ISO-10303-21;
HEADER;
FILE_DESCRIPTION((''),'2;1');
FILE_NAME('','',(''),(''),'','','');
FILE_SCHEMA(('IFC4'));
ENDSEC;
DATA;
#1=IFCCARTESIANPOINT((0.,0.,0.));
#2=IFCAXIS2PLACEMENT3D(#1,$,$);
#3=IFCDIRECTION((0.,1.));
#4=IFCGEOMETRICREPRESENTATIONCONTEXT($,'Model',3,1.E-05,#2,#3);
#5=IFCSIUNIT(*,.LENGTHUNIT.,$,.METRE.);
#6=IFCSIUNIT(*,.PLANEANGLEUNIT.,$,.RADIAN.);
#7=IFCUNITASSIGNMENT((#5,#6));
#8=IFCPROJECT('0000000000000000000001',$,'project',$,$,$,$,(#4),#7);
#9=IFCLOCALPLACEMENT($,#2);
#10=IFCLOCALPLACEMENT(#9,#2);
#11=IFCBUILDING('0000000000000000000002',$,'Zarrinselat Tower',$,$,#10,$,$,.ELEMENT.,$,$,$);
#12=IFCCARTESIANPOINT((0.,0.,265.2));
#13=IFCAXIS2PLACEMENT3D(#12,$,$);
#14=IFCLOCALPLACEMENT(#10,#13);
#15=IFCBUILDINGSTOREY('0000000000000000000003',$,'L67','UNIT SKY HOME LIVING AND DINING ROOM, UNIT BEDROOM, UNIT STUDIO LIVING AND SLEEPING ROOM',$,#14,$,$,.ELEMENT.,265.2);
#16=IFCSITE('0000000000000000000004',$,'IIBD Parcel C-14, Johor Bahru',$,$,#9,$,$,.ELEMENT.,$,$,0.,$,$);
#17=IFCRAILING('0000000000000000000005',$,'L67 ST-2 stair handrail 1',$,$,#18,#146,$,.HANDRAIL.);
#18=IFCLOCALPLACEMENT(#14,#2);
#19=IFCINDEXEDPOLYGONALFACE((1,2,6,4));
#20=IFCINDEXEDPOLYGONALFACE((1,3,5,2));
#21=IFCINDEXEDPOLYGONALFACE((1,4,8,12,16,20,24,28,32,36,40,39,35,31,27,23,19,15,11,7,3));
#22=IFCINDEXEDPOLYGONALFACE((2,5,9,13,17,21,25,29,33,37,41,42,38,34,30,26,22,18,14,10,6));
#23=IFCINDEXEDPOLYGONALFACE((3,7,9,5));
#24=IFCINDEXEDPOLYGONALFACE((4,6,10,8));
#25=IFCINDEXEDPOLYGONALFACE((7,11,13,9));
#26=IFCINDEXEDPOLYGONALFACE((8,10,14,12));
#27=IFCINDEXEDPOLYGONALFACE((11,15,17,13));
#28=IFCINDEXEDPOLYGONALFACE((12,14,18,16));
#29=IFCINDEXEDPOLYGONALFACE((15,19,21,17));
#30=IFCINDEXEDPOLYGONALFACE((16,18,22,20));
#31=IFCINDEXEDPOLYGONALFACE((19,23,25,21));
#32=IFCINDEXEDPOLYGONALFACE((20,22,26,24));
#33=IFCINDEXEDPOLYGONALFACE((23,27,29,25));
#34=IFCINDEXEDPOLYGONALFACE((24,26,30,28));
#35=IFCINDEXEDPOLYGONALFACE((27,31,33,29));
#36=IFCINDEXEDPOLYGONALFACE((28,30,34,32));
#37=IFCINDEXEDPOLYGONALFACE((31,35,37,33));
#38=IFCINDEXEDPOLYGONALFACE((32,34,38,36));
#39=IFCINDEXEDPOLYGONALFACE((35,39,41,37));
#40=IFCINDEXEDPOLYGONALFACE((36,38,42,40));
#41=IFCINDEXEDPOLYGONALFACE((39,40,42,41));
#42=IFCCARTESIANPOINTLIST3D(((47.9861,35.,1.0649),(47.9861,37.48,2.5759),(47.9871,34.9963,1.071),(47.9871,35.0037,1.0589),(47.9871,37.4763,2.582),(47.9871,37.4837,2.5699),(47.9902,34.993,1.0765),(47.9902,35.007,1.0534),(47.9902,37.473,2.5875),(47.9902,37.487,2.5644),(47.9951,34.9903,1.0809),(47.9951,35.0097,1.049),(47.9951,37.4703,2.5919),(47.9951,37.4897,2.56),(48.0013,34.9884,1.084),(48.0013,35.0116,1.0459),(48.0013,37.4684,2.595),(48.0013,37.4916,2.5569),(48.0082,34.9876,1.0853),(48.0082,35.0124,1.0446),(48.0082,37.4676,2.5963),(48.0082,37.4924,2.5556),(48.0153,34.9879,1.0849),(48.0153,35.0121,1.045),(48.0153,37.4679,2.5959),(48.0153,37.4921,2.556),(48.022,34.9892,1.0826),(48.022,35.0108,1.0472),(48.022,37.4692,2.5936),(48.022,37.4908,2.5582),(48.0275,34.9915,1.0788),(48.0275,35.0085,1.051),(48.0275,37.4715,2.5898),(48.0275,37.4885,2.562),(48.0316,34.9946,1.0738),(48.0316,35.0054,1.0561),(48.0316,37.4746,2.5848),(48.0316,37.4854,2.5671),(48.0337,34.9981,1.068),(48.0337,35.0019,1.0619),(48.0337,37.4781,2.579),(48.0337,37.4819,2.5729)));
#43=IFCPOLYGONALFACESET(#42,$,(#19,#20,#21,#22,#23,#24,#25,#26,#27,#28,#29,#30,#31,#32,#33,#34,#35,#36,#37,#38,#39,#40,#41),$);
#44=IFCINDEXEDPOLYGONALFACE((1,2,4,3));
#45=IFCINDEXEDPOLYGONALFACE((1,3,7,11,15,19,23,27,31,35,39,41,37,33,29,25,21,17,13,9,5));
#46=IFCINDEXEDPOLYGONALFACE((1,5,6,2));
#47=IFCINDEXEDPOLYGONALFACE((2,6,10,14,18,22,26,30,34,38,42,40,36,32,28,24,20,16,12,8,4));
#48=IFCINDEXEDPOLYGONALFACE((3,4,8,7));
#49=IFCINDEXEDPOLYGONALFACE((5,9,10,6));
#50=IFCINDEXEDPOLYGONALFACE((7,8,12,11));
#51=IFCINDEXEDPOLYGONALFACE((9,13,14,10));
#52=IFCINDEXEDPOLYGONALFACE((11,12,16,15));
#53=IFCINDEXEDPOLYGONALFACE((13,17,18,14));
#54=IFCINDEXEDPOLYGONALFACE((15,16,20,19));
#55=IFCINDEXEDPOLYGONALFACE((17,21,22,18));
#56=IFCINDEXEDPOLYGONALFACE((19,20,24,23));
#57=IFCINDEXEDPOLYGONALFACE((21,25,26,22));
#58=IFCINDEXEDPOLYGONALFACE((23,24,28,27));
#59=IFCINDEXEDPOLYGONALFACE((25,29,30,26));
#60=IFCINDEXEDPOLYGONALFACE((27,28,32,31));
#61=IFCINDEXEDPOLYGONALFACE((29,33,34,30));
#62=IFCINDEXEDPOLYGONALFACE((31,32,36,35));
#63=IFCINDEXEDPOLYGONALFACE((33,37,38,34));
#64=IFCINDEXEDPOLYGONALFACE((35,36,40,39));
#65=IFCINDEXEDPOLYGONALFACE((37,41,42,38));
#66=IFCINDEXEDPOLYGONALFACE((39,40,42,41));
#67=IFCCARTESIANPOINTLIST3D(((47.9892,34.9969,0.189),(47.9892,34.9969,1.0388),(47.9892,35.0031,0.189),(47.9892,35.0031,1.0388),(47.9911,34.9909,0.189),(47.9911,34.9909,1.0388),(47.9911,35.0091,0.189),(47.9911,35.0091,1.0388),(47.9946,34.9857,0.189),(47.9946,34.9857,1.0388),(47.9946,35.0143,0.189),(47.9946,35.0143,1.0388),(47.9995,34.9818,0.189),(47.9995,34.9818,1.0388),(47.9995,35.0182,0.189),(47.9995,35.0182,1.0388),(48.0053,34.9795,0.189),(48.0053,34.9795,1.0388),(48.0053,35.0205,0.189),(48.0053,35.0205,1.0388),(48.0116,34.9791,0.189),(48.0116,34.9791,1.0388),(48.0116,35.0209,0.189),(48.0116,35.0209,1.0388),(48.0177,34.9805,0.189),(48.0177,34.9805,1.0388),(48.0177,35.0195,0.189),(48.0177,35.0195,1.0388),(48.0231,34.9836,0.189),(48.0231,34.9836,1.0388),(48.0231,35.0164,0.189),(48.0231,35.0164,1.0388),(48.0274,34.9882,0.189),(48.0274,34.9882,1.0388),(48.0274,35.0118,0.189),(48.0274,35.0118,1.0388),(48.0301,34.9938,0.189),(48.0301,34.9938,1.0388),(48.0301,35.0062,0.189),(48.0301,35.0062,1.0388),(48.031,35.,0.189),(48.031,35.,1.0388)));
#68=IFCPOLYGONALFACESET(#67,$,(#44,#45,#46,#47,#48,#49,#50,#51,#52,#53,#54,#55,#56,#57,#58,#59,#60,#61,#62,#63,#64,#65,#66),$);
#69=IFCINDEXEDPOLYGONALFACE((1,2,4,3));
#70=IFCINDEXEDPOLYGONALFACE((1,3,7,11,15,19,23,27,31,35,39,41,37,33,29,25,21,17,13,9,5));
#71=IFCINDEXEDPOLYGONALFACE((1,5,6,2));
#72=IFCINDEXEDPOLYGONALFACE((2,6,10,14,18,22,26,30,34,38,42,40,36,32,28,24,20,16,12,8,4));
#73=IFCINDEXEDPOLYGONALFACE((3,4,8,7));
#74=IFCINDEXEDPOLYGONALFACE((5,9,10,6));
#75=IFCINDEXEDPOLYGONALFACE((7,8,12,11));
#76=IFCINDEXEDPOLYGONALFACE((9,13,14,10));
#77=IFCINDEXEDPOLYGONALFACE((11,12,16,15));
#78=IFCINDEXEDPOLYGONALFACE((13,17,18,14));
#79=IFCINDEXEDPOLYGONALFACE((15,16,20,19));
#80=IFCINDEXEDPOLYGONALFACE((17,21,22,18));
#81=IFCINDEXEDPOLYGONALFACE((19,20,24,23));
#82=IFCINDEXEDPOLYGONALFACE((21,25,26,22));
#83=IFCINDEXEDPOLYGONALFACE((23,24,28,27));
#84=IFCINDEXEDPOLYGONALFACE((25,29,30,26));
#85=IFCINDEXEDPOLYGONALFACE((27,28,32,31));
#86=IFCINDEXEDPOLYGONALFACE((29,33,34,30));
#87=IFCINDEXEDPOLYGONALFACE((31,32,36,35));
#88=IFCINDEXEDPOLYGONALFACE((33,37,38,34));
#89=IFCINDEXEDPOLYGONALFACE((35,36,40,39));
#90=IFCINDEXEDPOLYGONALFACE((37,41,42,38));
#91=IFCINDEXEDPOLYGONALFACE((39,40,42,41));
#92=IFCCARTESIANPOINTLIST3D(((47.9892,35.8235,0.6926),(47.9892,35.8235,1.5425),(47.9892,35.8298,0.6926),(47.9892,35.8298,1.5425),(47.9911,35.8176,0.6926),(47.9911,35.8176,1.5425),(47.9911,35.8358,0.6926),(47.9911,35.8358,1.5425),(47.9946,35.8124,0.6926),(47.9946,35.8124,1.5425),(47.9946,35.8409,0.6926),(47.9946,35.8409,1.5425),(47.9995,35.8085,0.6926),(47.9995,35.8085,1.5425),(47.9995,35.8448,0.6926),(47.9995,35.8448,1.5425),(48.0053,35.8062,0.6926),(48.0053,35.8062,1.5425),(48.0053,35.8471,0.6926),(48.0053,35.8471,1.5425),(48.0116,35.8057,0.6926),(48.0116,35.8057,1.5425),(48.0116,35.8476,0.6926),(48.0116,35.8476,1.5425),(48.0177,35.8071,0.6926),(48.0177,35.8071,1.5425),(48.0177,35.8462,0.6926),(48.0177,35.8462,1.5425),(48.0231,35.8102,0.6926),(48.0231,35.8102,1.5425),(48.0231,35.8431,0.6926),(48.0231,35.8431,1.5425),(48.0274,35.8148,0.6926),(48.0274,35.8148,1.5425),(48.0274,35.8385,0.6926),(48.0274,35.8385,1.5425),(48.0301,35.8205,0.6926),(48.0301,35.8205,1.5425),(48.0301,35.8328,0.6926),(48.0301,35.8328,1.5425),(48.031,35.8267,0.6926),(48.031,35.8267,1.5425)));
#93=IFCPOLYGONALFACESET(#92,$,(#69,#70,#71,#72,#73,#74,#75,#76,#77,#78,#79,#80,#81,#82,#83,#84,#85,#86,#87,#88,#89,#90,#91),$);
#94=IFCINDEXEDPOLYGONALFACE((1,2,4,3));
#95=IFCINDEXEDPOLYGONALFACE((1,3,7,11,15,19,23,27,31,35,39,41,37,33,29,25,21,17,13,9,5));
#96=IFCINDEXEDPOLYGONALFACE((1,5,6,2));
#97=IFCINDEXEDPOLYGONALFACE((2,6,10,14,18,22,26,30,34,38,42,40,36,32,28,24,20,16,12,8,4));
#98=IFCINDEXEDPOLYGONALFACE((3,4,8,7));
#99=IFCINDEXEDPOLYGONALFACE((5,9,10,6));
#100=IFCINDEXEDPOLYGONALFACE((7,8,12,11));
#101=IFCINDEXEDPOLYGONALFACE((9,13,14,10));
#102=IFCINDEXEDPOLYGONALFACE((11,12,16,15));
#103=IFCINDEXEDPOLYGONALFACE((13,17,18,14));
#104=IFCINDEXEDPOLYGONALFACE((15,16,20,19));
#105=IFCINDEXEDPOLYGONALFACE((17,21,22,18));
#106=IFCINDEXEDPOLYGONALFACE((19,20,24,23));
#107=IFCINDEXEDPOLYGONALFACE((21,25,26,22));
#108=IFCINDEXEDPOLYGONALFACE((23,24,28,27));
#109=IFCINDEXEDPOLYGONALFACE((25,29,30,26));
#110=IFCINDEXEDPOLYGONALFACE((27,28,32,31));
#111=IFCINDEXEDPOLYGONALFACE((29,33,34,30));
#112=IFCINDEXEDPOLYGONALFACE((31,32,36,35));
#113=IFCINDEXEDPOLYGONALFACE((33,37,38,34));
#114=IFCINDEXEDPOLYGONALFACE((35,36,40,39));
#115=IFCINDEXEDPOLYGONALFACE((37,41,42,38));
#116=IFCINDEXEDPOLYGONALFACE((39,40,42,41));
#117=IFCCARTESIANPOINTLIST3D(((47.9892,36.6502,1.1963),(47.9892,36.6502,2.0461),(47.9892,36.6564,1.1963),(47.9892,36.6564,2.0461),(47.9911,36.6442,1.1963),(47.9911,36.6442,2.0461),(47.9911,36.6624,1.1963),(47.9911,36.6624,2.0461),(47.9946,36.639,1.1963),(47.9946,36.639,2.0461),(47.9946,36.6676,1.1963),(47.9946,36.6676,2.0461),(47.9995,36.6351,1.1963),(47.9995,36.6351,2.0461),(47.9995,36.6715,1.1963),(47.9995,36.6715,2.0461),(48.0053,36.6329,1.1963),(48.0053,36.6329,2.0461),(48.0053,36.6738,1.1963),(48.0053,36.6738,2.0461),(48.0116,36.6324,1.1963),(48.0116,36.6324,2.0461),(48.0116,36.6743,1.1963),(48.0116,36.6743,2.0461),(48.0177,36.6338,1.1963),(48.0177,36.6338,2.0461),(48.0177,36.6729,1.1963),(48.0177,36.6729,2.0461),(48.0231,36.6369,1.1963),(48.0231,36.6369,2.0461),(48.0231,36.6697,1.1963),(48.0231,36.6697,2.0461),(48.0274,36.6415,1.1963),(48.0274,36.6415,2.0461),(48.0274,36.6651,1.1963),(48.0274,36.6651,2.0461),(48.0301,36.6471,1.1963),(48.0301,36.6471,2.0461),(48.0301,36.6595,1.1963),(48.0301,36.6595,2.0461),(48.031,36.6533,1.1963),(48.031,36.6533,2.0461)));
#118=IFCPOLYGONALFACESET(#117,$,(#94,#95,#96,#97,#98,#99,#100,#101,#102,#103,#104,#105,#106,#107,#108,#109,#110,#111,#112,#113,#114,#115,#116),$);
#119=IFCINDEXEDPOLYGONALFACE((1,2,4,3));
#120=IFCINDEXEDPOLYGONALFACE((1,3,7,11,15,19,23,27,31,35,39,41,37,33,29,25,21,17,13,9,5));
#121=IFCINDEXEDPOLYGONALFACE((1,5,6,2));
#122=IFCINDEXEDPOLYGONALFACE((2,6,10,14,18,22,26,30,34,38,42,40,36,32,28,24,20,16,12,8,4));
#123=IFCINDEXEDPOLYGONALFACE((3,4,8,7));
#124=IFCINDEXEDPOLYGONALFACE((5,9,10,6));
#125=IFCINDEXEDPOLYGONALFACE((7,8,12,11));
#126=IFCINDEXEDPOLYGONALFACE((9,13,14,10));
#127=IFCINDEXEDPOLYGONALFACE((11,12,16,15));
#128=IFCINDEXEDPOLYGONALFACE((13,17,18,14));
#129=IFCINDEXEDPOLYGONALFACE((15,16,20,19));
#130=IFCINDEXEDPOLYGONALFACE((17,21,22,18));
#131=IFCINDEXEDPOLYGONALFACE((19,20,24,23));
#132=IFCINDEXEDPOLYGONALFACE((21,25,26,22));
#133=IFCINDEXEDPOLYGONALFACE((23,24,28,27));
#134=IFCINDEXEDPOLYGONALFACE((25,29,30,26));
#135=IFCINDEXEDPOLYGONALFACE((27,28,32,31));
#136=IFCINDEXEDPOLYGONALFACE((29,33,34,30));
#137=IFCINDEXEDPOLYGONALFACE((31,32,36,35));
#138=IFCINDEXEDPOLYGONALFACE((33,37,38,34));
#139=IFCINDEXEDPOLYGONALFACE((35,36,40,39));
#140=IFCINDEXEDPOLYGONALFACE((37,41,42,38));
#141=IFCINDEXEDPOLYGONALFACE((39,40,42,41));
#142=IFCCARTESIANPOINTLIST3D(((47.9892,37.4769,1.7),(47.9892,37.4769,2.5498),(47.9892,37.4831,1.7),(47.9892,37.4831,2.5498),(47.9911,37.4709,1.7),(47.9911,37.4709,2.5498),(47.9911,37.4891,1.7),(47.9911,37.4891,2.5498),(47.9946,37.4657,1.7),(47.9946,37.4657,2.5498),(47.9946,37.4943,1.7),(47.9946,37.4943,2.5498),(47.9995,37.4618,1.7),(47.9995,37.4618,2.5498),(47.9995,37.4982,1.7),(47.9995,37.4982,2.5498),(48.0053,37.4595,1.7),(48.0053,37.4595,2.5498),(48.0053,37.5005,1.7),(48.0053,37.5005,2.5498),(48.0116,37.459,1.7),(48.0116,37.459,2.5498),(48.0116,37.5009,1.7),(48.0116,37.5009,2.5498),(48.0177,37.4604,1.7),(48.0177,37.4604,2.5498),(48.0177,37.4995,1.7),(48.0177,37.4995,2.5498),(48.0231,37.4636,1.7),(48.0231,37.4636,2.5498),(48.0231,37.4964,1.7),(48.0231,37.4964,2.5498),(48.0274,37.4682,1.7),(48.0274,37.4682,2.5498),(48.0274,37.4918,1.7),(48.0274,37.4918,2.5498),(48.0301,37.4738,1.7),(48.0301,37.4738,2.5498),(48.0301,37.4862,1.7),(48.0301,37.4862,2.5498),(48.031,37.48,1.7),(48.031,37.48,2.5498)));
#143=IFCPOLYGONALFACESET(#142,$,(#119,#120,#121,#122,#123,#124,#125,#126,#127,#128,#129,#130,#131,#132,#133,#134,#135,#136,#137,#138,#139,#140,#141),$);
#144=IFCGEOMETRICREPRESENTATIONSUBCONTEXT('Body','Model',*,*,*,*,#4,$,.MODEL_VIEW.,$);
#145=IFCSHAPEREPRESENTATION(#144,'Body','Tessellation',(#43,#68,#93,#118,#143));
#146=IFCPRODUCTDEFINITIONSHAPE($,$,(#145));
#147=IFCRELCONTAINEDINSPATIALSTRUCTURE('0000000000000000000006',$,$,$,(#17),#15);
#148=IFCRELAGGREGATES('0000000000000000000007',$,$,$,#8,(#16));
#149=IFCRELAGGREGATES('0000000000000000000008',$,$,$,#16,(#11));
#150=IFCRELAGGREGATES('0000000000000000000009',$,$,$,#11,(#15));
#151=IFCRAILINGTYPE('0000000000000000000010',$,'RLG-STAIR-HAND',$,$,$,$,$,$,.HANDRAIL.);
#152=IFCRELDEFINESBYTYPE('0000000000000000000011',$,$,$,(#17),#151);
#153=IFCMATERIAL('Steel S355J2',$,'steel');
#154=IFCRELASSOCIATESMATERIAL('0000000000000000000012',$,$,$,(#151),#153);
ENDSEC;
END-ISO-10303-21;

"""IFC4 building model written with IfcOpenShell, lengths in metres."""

from ifc_helpers import new_model, si_unit, direction, frame, origin, origin_2d, place, context, subcontext, project, spatial, circle, extrude, material, type_object, element, save


model = new_model("IFC4")

# Units and contexts
model_context = context("Model", 3, precision=1e-05, world=origin(), true_north=direction((0.0, 1.0)))
body_context = subcontext(model_context, "Body", "Model", "MODEL_VIEW")
ifc_project = project(units=[si_unit("LENGTHUNIT", "METRE"), si_unit("PLANEANGLEUNIT", "RADIAN")], contexts=[model_context])

# Site, building, storey
site_placement = place(None, origin())
site = spatial("IfcSite", under=ifc_project, at=site_placement, Name="IIBD Parcel C-14, Johor Bahru", CompositionType="ELEMENT", RefElevation=0.0)
building_placement = place(site_placement, origin())
building = spatial("IfcBuilding", under=site, at=building_placement, Name="Zarrinselat Tower", CompositionType="ELEMENT")
storey_placement = place(building_placement, frame((0.0, 0.0, 265.2)))
storey = spatial("IfcBuildingStorey", under=building, at=storey_placement, Name="L67", Description="UNIT SKY HOME LIVING AND DINING ROOM, UNIT BEDROOM, UNIT STUDIO LIVING AND SLEEPING ROOM", CompositionType="ELEMENT", Elevation=265.2)

# Railing
ifc_material_1 = material(Name="Steel S355J2", Category="steel")
railing_type_1 = type_object("IfcRailingType", Name="RLG-STAIR-HAND", PredefinedType="HANDRAIL", material=ifc_material_1)
railing_1_placement = place(storey_placement, frame((48.01, 35.0, 0.189)))
element("IfcRailing", 1, at=railing_1_placement, inside=storey, type_object=railing_type_1, Name="L67 ST-2 stair handrail 1", PredefinedType="HANDRAIL", context=body_context, shape_type="SweptSolid", body=[
    extrude(circle(Radius=0.0239, at=origin_2d()), frame((0.0, 0.0, 0.876), z_axis=(0.0, 0.853979, 0.520307), x_axis=(-1.0, 0.0, 0.0)), (0.0, 0.0, 1.0), 2.9041),
    extrude(circle(Radius=0.021, at=origin_2d()), origin(), (0.0, 0.0, 1.0), 0.8499),
    extrude(circle(Radius=0.021, at=origin_2d()), frame((0.0, 0.8267, 0.5037)), (0.0, 0.0, 1.0), 0.8499),
    extrude(circle(Radius=0.021, at=origin_2d()), frame((0.0, 1.6533, 1.0073)), (0.0, 0.0, 1.0), 0.8499),
    extrude(circle(Radius=0.021, at=origin_2d()), frame((0.0, 2.48, 1.511)), (0.0, 0.0, 1.0), 0.8499),
])

save(model, "model.ifc")
